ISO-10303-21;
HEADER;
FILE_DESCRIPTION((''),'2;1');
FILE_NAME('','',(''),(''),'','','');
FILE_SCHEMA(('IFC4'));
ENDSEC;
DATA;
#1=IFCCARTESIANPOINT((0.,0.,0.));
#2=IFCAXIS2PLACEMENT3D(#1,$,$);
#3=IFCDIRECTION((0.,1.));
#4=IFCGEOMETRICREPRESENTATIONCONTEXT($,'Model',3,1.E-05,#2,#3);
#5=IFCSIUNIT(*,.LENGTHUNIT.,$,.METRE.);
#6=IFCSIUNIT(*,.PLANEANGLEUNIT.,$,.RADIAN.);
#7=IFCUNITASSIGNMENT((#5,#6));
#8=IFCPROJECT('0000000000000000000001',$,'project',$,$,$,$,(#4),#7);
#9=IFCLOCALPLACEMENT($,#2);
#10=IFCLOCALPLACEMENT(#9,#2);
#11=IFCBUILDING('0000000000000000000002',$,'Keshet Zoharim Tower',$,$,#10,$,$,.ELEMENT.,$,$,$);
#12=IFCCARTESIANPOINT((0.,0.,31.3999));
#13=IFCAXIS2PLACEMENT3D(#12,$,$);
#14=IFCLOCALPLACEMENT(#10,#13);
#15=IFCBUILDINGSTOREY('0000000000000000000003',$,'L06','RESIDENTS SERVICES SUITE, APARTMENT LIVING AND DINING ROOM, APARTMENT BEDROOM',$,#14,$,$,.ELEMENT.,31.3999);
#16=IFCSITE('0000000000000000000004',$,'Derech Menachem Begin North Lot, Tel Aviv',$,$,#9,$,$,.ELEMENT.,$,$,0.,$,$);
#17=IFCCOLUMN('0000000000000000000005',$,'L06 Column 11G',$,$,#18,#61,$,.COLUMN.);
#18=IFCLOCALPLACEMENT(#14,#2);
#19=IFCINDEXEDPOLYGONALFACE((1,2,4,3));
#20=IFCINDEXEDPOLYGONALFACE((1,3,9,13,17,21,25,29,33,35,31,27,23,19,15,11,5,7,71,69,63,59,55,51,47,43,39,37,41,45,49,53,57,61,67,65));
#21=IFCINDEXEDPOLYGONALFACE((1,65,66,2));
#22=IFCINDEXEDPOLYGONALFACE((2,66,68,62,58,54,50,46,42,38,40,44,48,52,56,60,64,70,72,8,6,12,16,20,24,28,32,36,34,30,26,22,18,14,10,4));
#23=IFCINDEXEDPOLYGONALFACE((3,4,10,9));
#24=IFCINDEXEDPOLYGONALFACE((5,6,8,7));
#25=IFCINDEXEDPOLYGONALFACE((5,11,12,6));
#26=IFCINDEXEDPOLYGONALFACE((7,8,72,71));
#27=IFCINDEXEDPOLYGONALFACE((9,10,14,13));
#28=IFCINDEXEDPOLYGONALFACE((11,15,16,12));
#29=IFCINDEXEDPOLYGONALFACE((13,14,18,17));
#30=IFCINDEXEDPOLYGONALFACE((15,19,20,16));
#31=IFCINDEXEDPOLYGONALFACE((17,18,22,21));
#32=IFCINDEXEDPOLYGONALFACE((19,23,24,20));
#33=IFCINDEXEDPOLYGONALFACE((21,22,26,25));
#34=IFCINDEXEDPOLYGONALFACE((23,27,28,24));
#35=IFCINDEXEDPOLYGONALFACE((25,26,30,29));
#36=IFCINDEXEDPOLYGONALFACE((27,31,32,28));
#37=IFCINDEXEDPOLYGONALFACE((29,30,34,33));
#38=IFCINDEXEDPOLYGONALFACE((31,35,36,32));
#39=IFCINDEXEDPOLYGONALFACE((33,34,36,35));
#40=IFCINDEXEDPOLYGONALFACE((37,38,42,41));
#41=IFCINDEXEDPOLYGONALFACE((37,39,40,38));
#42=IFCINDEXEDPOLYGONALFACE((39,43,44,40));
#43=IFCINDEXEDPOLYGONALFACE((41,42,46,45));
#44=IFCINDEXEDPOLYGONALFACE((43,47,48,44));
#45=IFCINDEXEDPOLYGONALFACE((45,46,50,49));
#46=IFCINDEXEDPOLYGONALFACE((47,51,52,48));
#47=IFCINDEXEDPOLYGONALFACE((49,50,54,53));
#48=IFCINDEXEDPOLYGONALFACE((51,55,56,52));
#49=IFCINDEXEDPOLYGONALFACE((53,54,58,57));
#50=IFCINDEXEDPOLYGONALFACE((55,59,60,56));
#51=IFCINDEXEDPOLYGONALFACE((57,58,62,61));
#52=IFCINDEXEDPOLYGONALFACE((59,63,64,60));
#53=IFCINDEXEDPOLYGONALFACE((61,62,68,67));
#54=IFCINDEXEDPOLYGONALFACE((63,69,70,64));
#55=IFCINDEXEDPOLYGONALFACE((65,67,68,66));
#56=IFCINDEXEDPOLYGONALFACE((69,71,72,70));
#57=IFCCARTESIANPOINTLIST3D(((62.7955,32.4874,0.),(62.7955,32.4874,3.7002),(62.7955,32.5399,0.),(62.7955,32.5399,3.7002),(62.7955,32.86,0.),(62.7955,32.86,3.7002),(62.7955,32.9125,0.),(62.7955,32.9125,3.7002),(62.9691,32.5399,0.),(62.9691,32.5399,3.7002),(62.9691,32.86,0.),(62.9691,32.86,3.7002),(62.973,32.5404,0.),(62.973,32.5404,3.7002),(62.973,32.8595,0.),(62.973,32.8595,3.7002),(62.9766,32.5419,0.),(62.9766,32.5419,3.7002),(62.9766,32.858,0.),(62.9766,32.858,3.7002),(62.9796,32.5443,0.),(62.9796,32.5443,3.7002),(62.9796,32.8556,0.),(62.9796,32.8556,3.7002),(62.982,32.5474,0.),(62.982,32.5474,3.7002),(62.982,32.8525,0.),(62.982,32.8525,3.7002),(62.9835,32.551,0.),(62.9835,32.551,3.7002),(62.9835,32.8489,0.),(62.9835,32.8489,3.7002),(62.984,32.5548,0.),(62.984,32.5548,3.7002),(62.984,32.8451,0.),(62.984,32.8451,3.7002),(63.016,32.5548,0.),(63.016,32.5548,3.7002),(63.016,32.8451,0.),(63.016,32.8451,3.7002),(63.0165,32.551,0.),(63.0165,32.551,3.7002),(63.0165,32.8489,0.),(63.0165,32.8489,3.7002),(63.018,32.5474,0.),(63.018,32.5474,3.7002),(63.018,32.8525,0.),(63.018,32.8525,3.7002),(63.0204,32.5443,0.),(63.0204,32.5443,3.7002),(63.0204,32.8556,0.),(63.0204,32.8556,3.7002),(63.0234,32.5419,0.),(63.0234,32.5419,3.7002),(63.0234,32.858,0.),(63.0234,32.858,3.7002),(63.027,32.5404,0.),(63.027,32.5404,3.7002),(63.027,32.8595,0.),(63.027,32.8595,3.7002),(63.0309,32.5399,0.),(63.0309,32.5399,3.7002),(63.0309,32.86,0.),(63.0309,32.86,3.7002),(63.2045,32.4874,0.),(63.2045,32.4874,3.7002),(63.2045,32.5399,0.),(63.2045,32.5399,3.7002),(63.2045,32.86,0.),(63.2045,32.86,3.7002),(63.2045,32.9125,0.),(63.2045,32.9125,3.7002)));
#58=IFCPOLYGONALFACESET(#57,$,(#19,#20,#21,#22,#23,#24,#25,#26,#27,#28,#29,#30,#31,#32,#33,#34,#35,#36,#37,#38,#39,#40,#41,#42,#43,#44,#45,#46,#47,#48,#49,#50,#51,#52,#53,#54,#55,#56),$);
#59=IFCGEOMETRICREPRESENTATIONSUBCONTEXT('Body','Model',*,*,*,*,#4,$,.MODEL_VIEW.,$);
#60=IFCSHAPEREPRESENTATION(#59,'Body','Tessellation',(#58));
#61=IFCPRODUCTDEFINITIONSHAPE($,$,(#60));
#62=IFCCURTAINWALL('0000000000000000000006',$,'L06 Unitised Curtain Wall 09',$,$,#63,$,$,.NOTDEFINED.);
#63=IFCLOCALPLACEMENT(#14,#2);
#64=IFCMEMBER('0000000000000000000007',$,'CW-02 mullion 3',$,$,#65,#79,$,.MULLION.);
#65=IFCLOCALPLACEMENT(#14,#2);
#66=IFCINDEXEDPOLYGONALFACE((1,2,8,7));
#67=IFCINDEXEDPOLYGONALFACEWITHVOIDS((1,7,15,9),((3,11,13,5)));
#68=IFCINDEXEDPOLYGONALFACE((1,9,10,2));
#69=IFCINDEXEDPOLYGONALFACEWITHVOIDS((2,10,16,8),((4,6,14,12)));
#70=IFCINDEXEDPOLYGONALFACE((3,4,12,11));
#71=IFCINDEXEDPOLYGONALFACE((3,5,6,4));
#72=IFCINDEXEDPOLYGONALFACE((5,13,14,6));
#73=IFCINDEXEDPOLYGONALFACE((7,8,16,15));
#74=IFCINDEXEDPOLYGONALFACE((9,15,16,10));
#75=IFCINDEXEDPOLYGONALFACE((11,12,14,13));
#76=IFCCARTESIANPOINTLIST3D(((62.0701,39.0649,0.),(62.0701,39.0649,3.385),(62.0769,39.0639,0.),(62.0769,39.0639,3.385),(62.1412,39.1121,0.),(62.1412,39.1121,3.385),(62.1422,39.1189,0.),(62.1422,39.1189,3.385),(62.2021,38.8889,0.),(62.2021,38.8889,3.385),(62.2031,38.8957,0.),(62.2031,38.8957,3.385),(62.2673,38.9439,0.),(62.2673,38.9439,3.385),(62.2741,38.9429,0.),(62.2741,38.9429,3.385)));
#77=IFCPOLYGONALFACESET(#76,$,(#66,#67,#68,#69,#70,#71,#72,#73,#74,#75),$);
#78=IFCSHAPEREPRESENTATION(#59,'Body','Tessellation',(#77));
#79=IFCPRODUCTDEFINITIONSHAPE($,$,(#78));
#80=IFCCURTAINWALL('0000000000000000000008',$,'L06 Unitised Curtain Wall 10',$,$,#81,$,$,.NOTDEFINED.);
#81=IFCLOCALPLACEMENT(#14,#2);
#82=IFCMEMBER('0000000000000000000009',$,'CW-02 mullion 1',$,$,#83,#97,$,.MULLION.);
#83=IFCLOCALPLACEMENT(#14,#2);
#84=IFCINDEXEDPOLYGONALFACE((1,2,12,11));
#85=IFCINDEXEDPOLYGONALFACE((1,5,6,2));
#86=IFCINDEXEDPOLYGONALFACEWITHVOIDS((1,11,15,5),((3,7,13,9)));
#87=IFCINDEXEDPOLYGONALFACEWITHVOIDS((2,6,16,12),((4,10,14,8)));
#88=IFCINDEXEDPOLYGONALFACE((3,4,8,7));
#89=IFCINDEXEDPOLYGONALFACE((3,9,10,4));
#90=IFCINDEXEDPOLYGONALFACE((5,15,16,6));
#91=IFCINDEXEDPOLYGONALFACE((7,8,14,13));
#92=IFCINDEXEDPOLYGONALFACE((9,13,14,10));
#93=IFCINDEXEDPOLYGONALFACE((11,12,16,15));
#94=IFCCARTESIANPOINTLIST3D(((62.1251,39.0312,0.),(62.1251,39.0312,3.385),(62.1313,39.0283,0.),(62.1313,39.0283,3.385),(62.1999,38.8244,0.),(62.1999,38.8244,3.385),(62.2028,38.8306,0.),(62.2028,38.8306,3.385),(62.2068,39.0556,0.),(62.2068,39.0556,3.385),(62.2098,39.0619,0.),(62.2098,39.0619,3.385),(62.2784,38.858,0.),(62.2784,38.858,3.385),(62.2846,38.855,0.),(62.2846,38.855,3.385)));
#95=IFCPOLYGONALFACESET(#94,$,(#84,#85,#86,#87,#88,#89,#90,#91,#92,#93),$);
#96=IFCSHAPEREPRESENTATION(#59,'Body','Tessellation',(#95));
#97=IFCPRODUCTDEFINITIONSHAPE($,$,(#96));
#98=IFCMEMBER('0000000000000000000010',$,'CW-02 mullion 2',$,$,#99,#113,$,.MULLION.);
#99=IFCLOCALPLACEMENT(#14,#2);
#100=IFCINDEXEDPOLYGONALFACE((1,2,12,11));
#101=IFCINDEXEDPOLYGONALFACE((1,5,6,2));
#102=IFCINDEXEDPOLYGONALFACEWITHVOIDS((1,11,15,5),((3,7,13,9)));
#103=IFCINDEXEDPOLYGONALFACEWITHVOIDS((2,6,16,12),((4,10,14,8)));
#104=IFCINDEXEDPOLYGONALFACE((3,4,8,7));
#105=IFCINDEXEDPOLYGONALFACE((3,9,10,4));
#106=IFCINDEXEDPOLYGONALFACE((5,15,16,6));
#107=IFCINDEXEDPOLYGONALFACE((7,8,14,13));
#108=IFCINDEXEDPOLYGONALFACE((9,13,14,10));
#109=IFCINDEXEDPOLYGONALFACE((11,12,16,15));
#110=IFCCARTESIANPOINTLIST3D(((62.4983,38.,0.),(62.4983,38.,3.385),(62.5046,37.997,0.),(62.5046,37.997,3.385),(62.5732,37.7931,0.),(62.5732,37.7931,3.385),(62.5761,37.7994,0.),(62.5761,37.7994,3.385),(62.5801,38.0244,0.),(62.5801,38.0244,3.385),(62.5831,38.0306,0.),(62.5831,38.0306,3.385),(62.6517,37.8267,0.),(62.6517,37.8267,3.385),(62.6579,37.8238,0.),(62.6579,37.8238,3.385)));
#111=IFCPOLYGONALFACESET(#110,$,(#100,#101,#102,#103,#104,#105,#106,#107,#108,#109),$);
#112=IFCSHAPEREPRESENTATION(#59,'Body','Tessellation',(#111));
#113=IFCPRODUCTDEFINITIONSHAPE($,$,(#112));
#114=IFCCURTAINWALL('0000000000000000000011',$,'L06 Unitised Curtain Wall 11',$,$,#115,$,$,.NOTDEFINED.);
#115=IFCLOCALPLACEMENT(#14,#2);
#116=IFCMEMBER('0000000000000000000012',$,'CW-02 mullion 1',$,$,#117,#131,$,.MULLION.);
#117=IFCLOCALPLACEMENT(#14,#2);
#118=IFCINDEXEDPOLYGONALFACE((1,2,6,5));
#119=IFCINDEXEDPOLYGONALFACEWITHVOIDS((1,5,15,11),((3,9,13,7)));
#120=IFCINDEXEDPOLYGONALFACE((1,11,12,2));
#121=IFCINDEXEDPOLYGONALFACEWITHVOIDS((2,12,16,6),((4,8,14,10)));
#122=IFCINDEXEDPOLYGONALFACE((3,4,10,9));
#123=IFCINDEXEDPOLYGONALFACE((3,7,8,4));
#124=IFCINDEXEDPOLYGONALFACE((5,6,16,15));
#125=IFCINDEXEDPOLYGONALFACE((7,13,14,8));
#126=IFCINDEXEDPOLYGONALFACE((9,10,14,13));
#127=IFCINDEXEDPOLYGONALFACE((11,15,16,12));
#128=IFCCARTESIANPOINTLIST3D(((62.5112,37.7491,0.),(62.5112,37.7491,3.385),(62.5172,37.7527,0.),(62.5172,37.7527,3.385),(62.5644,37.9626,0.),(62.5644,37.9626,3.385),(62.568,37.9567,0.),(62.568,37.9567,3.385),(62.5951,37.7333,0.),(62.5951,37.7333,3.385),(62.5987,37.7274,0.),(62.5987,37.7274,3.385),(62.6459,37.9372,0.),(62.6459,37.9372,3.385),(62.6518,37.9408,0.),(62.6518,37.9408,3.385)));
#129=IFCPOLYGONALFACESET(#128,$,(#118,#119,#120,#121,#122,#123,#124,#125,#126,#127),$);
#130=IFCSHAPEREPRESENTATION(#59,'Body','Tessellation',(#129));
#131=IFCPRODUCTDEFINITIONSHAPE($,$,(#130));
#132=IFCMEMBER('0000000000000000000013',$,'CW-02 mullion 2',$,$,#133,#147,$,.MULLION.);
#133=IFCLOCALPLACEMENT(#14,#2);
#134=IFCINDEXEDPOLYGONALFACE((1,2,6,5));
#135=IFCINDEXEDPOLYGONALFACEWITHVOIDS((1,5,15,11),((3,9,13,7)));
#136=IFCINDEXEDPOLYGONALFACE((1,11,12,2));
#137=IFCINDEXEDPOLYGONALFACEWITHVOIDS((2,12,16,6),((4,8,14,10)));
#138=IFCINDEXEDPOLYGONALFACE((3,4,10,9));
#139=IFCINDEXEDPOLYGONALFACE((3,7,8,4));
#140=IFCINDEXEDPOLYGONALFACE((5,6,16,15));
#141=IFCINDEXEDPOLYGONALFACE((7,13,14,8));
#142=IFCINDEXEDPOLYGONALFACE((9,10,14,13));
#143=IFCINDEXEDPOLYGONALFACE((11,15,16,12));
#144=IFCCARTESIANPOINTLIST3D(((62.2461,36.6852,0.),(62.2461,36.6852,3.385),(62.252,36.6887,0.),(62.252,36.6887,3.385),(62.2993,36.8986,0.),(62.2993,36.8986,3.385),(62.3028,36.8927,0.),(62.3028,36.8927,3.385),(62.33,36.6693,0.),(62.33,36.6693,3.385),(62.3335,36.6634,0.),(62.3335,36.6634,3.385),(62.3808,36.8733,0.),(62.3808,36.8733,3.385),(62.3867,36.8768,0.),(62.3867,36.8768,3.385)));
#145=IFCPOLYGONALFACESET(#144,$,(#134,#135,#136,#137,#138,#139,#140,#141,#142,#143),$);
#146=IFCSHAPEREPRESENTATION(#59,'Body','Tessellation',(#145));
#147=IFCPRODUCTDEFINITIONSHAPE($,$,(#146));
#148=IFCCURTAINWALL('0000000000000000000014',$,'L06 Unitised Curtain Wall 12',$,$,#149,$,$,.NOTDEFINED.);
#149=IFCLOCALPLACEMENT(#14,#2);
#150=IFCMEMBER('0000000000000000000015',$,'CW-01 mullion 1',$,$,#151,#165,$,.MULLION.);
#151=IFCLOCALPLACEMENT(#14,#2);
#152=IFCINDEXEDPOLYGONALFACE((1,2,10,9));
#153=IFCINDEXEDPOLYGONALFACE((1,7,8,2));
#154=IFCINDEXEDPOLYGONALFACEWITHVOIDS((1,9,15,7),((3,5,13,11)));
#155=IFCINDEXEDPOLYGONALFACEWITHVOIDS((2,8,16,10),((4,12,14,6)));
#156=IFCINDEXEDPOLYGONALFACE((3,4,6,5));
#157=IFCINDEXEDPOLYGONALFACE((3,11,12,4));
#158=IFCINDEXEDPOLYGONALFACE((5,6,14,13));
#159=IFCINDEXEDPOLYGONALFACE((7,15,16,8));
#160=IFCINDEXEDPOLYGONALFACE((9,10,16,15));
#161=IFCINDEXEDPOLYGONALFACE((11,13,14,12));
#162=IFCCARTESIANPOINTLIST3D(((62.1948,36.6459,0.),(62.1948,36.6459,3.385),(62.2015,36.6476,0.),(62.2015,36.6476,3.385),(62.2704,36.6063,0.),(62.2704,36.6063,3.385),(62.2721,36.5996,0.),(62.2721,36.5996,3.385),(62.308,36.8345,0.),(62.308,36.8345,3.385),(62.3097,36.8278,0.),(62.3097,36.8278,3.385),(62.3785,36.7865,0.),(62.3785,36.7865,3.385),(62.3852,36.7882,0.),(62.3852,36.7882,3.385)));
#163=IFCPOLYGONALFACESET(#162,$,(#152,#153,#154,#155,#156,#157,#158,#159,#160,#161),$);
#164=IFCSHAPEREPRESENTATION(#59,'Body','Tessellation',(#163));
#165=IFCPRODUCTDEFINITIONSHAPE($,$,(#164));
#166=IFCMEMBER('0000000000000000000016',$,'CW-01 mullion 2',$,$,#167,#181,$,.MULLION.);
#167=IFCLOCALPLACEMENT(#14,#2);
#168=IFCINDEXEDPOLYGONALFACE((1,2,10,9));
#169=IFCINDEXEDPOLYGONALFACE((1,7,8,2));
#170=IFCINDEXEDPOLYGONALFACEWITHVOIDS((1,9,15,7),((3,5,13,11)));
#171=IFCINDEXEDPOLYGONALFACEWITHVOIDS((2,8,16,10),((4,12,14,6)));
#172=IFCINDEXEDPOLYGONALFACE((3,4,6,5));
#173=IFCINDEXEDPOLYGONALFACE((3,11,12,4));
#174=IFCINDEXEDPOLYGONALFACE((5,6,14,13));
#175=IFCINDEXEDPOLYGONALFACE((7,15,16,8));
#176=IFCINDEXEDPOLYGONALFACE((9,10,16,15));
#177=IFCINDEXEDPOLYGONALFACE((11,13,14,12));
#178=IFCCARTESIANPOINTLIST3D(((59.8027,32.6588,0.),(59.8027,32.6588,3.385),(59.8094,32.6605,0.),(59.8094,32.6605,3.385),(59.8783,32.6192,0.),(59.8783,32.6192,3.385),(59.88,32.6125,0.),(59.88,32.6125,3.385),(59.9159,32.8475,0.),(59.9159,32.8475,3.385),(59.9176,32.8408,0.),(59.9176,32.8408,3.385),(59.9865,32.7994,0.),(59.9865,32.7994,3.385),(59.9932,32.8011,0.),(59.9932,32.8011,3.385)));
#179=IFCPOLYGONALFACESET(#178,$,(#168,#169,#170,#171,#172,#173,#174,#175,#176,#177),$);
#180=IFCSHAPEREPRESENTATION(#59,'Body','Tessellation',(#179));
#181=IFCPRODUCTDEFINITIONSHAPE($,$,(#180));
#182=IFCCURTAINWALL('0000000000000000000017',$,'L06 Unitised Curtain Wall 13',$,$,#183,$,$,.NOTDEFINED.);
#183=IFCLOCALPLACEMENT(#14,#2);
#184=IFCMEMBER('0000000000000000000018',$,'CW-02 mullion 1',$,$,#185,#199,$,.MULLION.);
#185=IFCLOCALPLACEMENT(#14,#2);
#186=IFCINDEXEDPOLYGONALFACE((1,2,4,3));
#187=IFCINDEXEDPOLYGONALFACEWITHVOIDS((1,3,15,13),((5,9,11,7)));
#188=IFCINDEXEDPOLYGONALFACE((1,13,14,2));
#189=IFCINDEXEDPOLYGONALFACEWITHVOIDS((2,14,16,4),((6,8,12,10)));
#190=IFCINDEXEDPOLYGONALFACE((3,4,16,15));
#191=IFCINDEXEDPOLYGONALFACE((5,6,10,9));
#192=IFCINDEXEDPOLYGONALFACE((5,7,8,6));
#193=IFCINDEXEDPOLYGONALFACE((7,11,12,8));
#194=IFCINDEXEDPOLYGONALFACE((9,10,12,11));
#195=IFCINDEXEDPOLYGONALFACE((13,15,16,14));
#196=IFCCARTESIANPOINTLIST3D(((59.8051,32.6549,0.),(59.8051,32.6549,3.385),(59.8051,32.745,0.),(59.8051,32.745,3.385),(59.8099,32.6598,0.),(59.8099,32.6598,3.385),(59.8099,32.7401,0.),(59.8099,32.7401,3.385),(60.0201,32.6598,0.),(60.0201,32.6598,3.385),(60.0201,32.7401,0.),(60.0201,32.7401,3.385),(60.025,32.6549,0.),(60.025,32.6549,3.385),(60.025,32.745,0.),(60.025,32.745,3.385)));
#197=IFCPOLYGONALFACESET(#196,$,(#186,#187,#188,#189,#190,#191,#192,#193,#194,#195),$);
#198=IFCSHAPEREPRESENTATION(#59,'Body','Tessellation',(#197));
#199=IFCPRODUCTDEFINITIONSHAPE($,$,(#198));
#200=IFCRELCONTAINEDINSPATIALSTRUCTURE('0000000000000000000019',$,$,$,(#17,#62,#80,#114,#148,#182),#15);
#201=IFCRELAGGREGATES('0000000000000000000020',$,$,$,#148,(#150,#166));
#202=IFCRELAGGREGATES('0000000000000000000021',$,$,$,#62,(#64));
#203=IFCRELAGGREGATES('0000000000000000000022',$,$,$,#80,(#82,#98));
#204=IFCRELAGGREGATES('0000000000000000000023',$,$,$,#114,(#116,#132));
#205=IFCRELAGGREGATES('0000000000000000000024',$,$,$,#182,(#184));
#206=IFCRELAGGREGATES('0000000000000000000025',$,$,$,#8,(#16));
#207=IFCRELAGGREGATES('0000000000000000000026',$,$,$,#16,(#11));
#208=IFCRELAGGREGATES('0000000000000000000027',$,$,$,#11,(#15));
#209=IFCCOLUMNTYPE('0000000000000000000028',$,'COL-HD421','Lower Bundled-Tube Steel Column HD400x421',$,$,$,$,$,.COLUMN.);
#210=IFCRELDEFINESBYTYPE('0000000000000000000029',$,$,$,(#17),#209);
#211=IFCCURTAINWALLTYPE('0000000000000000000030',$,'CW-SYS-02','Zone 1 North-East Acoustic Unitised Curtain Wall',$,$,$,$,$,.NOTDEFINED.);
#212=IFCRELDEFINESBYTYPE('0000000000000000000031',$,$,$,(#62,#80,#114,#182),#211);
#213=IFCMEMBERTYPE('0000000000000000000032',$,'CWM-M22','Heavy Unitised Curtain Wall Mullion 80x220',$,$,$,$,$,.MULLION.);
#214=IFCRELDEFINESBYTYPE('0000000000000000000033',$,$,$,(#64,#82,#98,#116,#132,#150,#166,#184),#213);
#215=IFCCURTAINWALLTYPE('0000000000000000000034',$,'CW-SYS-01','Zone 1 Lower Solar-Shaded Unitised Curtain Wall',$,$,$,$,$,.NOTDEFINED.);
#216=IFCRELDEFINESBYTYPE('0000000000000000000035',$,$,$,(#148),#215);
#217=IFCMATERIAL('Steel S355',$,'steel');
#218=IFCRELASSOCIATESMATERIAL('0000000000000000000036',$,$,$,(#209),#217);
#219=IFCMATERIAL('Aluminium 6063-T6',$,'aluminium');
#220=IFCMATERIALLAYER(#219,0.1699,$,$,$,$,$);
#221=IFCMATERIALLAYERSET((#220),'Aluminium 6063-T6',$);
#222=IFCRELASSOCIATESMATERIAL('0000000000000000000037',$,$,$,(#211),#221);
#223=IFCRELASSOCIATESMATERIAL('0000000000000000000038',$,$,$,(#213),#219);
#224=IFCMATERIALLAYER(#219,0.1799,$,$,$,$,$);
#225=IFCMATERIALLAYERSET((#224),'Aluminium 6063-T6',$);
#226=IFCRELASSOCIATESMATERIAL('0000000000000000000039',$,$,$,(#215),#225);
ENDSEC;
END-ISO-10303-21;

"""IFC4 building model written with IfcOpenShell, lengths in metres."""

from ifc_helpers import new_model, si_unit, direction, frame, origin, origin_2d, place, context, subcontext, project, spatial, hollow_rectangle, i_section, extrude, material, layer, layer_set, material_profile, profile_set, type_object, element, aggregate, save


model = new_model("IFC4")

# Units and contexts
model_context = context("Model", 3, precision=1e-05, world=origin(), true_north=direction((0.0, 1.0)))
body_context = subcontext(model_context, "Body", "Model", "MODEL_VIEW")
ifc_project = project(units=[si_unit("LENGTHUNIT", "METRE"), si_unit("PLANEANGLEUNIT", "RADIAN")], contexts=[model_context])

# Site, building, storey
site_placement = place(None, origin())
site = spatial("IfcSite", under=ifc_project, at=site_placement, Name="Derech Menachem Begin North Lot, Tel Aviv", CompositionType="ELEMENT", RefElevation=0.0)
building_placement = place(site_placement, origin())
building = spatial("IfcBuilding", under=site, at=building_placement, Name="Keshet Zoharim Tower", CompositionType="ELEMENT")
storey_placement = place(building_placement, frame((0.0, 0.0, 31.3999)))
storey = spatial("IfcBuildingStorey", under=building, at=storey_placement, Name="L06", Description="RESIDENTS SERVICES SUITE, APARTMENT LIVING AND DINING ROOM, APARTMENT BEDROOM", CompositionType="ELEMENT", Elevation=31.3999)

# Column
ifc_material_1 = material(Name="Steel S355", Category="steel")
ifc_material_profile_1 = material_profile(ifc_material_1, i_section(OverallWidth=0.4089, OverallDepth=0.425, WebThickness=0.032, FlangeThickness=0.0525, FilletRadius=0.0149, at=origin_2d()), Name="HD400x421")
ifc_profile_set_1 = profile_set([ifc_material_profile_1], Name="Steel S355")
column_type = type_object("IfcColumnType", Name="COL-HD421", Description="Lower Bundled-Tube Steel Column HD400x421", PredefinedType="COLUMN", material=ifc_profile_set_1)
column_placement = place(storey_placement, frame((63.0, 32.7, 0.0), z_axis=(0.0, 0.0, 1.0), x_axis=(1.0, 0.0, 0.0)))
element("IfcColumn", 1, at=column_placement, inside=storey, type_object=column_type, Name="L06 Column 11G", PredefinedType="COLUMN", context=body_context, shape_type="SweptSolid", body=[
    extrude(i_section(OverallWidth=0.4089, OverallDepth=0.425, WebThickness=0.032, FlangeThickness=0.0525, FilletRadius=0.0149, at=origin_2d()), origin(), (0.0, 0.0, 1.0), 3.7002),
])

# Curtain wall, member
ifc_material_2 = material(Name="Aluminium 6063-T6", Category="aluminium")
ifc_layer_1 = layer(ifc_material_2, 0.1699)
ifc_layer_set_1 = layer_set([ifc_layer_1], Name="Aluminium 6063-T6")
curtain_wall_type_1 = type_object("IfcCurtainWallType", Name="CW-SYS-02", Description="Zone 1 North-East Acoustic Unitised Curtain Wall", PredefinedType="NOTDEFINED", material=ifc_layer_set_1)
curtain_wall_1_placement = place(storey_placement, origin())
curtain_wall_1 = element("IfcCurtainWall", 2, at=curtain_wall_1_placement, inside=storey, type_object=curtain_wall_type_1, Name="L06 Unitised Curtain Wall 09", PredefinedType="NOTDEFINED")
ifc_material_profile_2 = material_profile(ifc_material_2, hollow_rectangle(XDim=0.0901, YDim=0.22, WallThickness=0.0049, at=origin_2d()), Name="MUL-90x220")
ifc_profile_set_2 = profile_set([ifc_material_profile_2], Name="Aluminium 6063-T6")
member_type_1 = type_object("IfcMemberType", Name="CWM-M22", Description="Heavy Unitised Curtain Wall Mullion 80x220", PredefinedType="MULLION", material=ifc_profile_set_2)
member_1_placement = place(storey_placement, frame((62.1721, 39.0039, 0.0), z_axis=(0.0, 0.0, 1.0), x_axis=(0.8, 0.6, 0.0)))
member_1 = element("IfcMember", 3, at=member_1_placement, type_object=member_type_1, Name="CW-02 mullion 3", PredefinedType="MULLION", context=body_context, shape_type="SweptSolid", body=[
    extrude(hollow_rectangle(XDim=0.0901, YDim=0.22, WallThickness=0.0049, at=origin_2d()), origin(), (0.0, 0.0, 1.0), 3.385),
])

# Curtain walls, members
curtain_wall_2_placement = place(storey_placement, origin())
curtain_wall_2 = element("IfcCurtainWall", 4, at=curtain_wall_2_placement, inside=storey, type_object=curtain_wall_type_1, Name="L06 Unitised Curtain Wall 10", PredefinedType="NOTDEFINED")
member_2_placement = place(storey_placement, frame((62.2048, 38.9431, 0.0), z_axis=(0.0, 0.0, 1.0), x_axis=(0.940318, 0.340297, 0.0)))
member_2 = element("IfcMember", 5, at=member_2_placement, type_object=member_type_1, Name="CW-02 mullion 1", PredefinedType="MULLION", context=body_context, shape_type="SweptSolid", body=[
    extrude(hollow_rectangle(XDim=0.0901, YDim=0.22, WallThickness=0.0049, at=origin_2d()), origin(), (0.0, 0.0, 1.0), 3.385),
])
member_3_placement = place(storey_placement, frame((62.5781, 37.9119, 0.0), z_axis=(0.0, 0.0, 1.0), x_axis=(0.940318, 0.340297, 0.0)))
member_3 = element("IfcMember", 6, at=member_3_placement, type_object=member_type_1, Name="CW-02 mullion 2", PredefinedType="MULLION", context=body_context, shape_type="SweptSolid", body=[
    extrude(hollow_rectangle(XDim=0.0901, YDim=0.22, WallThickness=0.0049, at=origin_2d()), origin(), (0.0, 0.0, 1.0), 3.385),
])
curtain_wall_3_placement = place(storey_placement, origin())
curtain_wall_3 = element("IfcCurtainWall", 7, at=curtain_wall_3_placement, inside=storey, type_object=curtain_wall_type_1, Name="L06 Unitised Curtain Wall 11", PredefinedType="NOTDEFINED")
member_4_placement = place(storey_placement, frame((62.5815, 37.845, 0.0), z_axis=(0.0, 0.0, 1.0), x_axis=(0.970344, -0.241729, 0.0)))
member_4 = element("IfcMember", 8, at=member_4_placement, type_object=member_type_1, Name="CW-02 mullion 1", PredefinedType="MULLION", context=body_context, shape_type="SweptSolid", body=[
    extrude(hollow_rectangle(XDim=0.0901, YDim=0.22, WallThickness=0.0049, at=origin_2d()), origin(), (0.0, 0.0, 1.0), 3.385),
])
member_5_placement = place(storey_placement, frame((62.3164, 36.781, 0.0), z_axis=(0.0, 0.0, 1.0), x_axis=(0.970344, -0.241729, 0.0)))
member_5 = element("IfcMember", 9, at=member_5_placement, type_object=member_type_1, Name="CW-02 mullion 2", PredefinedType="MULLION", context=body_context, shape_type="SweptSolid", body=[
    extrude(hollow_rectangle(XDim=0.0901, YDim=0.22, WallThickness=0.0049, at=origin_2d()), origin(), (0.0, 0.0, 1.0), 3.385),
])
ifc_layer_2 = layer(ifc_material_2, 0.1799)
ifc_layer_set_2 = layer_set([ifc_layer_2], Name="Aluminium 6063-T6")
curtain_wall_type_2 = type_object("IfcCurtainWallType", Name="CW-SYS-01", Description="Zone 1 Lower Solar-Shaded Unitised Curtain Wall", PredefinedType="NOTDEFINED", material=ifc_layer_set_2)
curtain_wall_4_placement = place(storey_placement, origin())
curtain_wall_4 = element("IfcCurtainWall", 10, at=curtain_wall_4_placement, inside=storey, type_object=curtain_wall_type_2, Name="L06 Unitised Curtain Wall 12", PredefinedType="NOTDEFINED")
member_6_placement = place(storey_placement, frame((62.29, 36.717, 0.0), z_axis=(0.0, 0.0, 1.0), x_axis=(0.857512, -0.514465, 0.0)))
member_6 = element("IfcMember", 11, at=member_6_placement, type_object=member_type_1, Name="CW-01 mullion 1", PredefinedType="MULLION", context=body_context, shape_type="SweptSolid", body=[
    extrude(hollow_rectangle(XDim=0.0901, YDim=0.22, WallThickness=0.0049, at=origin_2d()), origin(), (0.0, 0.0, 1.0), 3.385),
])
member_7_placement = place(storey_placement, frame((59.8979, 32.73, 0.0), z_axis=(0.0, 0.0, 1.0), x_axis=(0.857512, -0.514465, 0.0)))
member_7 = element("IfcMember", 12, at=member_7_placement, type_object=member_type_1, Name="CW-01 mullion 2", PredefinedType="MULLION", context=body_context, shape_type="SweptSolid", body=[
    extrude(hollow_rectangle(XDim=0.0901, YDim=0.22, WallThickness=0.0049, at=origin_2d()), origin(), (0.0, 0.0, 1.0), 3.385),
])
curtain_wall_5_placement = place(storey_placement, origin())
curtain_wall_5 = element("IfcCurtainWall", 13, at=curtain_wall_5_placement, inside=storey, type_object=curtain_wall_type_1, Name="L06 Unitised Curtain Wall 13", PredefinedType="NOTDEFINED")
member_8_placement = place(storey_placement, frame((59.915, 32.7, 0.0), z_axis=(0.0, 0.0, 1.0), x_axis=(0.0, 1.0, 0.0)))
member_8 = element("IfcMember", 14, at=member_8_placement, type_object=member_type_1, Name="CW-02 mullion 1", PredefinedType="MULLION", context=body_context, shape_type="SweptSolid", body=[
    extrude(hollow_rectangle(XDim=0.0901, YDim=0.22, WallThickness=0.0049, at=origin_2d()), origin(), (0.0, 0.0, 1.0), 3.385),
])

aggregate(curtain_wall_4, [member_6, member_7])
aggregate(curtain_wall_1, [member_1])
aggregate(curtain_wall_2, [member_2, member_3])
aggregate(curtain_wall_3, [member_4, member_5])
aggregate(curtain_wall_5, [member_8])

save(model, "model.ifc")
